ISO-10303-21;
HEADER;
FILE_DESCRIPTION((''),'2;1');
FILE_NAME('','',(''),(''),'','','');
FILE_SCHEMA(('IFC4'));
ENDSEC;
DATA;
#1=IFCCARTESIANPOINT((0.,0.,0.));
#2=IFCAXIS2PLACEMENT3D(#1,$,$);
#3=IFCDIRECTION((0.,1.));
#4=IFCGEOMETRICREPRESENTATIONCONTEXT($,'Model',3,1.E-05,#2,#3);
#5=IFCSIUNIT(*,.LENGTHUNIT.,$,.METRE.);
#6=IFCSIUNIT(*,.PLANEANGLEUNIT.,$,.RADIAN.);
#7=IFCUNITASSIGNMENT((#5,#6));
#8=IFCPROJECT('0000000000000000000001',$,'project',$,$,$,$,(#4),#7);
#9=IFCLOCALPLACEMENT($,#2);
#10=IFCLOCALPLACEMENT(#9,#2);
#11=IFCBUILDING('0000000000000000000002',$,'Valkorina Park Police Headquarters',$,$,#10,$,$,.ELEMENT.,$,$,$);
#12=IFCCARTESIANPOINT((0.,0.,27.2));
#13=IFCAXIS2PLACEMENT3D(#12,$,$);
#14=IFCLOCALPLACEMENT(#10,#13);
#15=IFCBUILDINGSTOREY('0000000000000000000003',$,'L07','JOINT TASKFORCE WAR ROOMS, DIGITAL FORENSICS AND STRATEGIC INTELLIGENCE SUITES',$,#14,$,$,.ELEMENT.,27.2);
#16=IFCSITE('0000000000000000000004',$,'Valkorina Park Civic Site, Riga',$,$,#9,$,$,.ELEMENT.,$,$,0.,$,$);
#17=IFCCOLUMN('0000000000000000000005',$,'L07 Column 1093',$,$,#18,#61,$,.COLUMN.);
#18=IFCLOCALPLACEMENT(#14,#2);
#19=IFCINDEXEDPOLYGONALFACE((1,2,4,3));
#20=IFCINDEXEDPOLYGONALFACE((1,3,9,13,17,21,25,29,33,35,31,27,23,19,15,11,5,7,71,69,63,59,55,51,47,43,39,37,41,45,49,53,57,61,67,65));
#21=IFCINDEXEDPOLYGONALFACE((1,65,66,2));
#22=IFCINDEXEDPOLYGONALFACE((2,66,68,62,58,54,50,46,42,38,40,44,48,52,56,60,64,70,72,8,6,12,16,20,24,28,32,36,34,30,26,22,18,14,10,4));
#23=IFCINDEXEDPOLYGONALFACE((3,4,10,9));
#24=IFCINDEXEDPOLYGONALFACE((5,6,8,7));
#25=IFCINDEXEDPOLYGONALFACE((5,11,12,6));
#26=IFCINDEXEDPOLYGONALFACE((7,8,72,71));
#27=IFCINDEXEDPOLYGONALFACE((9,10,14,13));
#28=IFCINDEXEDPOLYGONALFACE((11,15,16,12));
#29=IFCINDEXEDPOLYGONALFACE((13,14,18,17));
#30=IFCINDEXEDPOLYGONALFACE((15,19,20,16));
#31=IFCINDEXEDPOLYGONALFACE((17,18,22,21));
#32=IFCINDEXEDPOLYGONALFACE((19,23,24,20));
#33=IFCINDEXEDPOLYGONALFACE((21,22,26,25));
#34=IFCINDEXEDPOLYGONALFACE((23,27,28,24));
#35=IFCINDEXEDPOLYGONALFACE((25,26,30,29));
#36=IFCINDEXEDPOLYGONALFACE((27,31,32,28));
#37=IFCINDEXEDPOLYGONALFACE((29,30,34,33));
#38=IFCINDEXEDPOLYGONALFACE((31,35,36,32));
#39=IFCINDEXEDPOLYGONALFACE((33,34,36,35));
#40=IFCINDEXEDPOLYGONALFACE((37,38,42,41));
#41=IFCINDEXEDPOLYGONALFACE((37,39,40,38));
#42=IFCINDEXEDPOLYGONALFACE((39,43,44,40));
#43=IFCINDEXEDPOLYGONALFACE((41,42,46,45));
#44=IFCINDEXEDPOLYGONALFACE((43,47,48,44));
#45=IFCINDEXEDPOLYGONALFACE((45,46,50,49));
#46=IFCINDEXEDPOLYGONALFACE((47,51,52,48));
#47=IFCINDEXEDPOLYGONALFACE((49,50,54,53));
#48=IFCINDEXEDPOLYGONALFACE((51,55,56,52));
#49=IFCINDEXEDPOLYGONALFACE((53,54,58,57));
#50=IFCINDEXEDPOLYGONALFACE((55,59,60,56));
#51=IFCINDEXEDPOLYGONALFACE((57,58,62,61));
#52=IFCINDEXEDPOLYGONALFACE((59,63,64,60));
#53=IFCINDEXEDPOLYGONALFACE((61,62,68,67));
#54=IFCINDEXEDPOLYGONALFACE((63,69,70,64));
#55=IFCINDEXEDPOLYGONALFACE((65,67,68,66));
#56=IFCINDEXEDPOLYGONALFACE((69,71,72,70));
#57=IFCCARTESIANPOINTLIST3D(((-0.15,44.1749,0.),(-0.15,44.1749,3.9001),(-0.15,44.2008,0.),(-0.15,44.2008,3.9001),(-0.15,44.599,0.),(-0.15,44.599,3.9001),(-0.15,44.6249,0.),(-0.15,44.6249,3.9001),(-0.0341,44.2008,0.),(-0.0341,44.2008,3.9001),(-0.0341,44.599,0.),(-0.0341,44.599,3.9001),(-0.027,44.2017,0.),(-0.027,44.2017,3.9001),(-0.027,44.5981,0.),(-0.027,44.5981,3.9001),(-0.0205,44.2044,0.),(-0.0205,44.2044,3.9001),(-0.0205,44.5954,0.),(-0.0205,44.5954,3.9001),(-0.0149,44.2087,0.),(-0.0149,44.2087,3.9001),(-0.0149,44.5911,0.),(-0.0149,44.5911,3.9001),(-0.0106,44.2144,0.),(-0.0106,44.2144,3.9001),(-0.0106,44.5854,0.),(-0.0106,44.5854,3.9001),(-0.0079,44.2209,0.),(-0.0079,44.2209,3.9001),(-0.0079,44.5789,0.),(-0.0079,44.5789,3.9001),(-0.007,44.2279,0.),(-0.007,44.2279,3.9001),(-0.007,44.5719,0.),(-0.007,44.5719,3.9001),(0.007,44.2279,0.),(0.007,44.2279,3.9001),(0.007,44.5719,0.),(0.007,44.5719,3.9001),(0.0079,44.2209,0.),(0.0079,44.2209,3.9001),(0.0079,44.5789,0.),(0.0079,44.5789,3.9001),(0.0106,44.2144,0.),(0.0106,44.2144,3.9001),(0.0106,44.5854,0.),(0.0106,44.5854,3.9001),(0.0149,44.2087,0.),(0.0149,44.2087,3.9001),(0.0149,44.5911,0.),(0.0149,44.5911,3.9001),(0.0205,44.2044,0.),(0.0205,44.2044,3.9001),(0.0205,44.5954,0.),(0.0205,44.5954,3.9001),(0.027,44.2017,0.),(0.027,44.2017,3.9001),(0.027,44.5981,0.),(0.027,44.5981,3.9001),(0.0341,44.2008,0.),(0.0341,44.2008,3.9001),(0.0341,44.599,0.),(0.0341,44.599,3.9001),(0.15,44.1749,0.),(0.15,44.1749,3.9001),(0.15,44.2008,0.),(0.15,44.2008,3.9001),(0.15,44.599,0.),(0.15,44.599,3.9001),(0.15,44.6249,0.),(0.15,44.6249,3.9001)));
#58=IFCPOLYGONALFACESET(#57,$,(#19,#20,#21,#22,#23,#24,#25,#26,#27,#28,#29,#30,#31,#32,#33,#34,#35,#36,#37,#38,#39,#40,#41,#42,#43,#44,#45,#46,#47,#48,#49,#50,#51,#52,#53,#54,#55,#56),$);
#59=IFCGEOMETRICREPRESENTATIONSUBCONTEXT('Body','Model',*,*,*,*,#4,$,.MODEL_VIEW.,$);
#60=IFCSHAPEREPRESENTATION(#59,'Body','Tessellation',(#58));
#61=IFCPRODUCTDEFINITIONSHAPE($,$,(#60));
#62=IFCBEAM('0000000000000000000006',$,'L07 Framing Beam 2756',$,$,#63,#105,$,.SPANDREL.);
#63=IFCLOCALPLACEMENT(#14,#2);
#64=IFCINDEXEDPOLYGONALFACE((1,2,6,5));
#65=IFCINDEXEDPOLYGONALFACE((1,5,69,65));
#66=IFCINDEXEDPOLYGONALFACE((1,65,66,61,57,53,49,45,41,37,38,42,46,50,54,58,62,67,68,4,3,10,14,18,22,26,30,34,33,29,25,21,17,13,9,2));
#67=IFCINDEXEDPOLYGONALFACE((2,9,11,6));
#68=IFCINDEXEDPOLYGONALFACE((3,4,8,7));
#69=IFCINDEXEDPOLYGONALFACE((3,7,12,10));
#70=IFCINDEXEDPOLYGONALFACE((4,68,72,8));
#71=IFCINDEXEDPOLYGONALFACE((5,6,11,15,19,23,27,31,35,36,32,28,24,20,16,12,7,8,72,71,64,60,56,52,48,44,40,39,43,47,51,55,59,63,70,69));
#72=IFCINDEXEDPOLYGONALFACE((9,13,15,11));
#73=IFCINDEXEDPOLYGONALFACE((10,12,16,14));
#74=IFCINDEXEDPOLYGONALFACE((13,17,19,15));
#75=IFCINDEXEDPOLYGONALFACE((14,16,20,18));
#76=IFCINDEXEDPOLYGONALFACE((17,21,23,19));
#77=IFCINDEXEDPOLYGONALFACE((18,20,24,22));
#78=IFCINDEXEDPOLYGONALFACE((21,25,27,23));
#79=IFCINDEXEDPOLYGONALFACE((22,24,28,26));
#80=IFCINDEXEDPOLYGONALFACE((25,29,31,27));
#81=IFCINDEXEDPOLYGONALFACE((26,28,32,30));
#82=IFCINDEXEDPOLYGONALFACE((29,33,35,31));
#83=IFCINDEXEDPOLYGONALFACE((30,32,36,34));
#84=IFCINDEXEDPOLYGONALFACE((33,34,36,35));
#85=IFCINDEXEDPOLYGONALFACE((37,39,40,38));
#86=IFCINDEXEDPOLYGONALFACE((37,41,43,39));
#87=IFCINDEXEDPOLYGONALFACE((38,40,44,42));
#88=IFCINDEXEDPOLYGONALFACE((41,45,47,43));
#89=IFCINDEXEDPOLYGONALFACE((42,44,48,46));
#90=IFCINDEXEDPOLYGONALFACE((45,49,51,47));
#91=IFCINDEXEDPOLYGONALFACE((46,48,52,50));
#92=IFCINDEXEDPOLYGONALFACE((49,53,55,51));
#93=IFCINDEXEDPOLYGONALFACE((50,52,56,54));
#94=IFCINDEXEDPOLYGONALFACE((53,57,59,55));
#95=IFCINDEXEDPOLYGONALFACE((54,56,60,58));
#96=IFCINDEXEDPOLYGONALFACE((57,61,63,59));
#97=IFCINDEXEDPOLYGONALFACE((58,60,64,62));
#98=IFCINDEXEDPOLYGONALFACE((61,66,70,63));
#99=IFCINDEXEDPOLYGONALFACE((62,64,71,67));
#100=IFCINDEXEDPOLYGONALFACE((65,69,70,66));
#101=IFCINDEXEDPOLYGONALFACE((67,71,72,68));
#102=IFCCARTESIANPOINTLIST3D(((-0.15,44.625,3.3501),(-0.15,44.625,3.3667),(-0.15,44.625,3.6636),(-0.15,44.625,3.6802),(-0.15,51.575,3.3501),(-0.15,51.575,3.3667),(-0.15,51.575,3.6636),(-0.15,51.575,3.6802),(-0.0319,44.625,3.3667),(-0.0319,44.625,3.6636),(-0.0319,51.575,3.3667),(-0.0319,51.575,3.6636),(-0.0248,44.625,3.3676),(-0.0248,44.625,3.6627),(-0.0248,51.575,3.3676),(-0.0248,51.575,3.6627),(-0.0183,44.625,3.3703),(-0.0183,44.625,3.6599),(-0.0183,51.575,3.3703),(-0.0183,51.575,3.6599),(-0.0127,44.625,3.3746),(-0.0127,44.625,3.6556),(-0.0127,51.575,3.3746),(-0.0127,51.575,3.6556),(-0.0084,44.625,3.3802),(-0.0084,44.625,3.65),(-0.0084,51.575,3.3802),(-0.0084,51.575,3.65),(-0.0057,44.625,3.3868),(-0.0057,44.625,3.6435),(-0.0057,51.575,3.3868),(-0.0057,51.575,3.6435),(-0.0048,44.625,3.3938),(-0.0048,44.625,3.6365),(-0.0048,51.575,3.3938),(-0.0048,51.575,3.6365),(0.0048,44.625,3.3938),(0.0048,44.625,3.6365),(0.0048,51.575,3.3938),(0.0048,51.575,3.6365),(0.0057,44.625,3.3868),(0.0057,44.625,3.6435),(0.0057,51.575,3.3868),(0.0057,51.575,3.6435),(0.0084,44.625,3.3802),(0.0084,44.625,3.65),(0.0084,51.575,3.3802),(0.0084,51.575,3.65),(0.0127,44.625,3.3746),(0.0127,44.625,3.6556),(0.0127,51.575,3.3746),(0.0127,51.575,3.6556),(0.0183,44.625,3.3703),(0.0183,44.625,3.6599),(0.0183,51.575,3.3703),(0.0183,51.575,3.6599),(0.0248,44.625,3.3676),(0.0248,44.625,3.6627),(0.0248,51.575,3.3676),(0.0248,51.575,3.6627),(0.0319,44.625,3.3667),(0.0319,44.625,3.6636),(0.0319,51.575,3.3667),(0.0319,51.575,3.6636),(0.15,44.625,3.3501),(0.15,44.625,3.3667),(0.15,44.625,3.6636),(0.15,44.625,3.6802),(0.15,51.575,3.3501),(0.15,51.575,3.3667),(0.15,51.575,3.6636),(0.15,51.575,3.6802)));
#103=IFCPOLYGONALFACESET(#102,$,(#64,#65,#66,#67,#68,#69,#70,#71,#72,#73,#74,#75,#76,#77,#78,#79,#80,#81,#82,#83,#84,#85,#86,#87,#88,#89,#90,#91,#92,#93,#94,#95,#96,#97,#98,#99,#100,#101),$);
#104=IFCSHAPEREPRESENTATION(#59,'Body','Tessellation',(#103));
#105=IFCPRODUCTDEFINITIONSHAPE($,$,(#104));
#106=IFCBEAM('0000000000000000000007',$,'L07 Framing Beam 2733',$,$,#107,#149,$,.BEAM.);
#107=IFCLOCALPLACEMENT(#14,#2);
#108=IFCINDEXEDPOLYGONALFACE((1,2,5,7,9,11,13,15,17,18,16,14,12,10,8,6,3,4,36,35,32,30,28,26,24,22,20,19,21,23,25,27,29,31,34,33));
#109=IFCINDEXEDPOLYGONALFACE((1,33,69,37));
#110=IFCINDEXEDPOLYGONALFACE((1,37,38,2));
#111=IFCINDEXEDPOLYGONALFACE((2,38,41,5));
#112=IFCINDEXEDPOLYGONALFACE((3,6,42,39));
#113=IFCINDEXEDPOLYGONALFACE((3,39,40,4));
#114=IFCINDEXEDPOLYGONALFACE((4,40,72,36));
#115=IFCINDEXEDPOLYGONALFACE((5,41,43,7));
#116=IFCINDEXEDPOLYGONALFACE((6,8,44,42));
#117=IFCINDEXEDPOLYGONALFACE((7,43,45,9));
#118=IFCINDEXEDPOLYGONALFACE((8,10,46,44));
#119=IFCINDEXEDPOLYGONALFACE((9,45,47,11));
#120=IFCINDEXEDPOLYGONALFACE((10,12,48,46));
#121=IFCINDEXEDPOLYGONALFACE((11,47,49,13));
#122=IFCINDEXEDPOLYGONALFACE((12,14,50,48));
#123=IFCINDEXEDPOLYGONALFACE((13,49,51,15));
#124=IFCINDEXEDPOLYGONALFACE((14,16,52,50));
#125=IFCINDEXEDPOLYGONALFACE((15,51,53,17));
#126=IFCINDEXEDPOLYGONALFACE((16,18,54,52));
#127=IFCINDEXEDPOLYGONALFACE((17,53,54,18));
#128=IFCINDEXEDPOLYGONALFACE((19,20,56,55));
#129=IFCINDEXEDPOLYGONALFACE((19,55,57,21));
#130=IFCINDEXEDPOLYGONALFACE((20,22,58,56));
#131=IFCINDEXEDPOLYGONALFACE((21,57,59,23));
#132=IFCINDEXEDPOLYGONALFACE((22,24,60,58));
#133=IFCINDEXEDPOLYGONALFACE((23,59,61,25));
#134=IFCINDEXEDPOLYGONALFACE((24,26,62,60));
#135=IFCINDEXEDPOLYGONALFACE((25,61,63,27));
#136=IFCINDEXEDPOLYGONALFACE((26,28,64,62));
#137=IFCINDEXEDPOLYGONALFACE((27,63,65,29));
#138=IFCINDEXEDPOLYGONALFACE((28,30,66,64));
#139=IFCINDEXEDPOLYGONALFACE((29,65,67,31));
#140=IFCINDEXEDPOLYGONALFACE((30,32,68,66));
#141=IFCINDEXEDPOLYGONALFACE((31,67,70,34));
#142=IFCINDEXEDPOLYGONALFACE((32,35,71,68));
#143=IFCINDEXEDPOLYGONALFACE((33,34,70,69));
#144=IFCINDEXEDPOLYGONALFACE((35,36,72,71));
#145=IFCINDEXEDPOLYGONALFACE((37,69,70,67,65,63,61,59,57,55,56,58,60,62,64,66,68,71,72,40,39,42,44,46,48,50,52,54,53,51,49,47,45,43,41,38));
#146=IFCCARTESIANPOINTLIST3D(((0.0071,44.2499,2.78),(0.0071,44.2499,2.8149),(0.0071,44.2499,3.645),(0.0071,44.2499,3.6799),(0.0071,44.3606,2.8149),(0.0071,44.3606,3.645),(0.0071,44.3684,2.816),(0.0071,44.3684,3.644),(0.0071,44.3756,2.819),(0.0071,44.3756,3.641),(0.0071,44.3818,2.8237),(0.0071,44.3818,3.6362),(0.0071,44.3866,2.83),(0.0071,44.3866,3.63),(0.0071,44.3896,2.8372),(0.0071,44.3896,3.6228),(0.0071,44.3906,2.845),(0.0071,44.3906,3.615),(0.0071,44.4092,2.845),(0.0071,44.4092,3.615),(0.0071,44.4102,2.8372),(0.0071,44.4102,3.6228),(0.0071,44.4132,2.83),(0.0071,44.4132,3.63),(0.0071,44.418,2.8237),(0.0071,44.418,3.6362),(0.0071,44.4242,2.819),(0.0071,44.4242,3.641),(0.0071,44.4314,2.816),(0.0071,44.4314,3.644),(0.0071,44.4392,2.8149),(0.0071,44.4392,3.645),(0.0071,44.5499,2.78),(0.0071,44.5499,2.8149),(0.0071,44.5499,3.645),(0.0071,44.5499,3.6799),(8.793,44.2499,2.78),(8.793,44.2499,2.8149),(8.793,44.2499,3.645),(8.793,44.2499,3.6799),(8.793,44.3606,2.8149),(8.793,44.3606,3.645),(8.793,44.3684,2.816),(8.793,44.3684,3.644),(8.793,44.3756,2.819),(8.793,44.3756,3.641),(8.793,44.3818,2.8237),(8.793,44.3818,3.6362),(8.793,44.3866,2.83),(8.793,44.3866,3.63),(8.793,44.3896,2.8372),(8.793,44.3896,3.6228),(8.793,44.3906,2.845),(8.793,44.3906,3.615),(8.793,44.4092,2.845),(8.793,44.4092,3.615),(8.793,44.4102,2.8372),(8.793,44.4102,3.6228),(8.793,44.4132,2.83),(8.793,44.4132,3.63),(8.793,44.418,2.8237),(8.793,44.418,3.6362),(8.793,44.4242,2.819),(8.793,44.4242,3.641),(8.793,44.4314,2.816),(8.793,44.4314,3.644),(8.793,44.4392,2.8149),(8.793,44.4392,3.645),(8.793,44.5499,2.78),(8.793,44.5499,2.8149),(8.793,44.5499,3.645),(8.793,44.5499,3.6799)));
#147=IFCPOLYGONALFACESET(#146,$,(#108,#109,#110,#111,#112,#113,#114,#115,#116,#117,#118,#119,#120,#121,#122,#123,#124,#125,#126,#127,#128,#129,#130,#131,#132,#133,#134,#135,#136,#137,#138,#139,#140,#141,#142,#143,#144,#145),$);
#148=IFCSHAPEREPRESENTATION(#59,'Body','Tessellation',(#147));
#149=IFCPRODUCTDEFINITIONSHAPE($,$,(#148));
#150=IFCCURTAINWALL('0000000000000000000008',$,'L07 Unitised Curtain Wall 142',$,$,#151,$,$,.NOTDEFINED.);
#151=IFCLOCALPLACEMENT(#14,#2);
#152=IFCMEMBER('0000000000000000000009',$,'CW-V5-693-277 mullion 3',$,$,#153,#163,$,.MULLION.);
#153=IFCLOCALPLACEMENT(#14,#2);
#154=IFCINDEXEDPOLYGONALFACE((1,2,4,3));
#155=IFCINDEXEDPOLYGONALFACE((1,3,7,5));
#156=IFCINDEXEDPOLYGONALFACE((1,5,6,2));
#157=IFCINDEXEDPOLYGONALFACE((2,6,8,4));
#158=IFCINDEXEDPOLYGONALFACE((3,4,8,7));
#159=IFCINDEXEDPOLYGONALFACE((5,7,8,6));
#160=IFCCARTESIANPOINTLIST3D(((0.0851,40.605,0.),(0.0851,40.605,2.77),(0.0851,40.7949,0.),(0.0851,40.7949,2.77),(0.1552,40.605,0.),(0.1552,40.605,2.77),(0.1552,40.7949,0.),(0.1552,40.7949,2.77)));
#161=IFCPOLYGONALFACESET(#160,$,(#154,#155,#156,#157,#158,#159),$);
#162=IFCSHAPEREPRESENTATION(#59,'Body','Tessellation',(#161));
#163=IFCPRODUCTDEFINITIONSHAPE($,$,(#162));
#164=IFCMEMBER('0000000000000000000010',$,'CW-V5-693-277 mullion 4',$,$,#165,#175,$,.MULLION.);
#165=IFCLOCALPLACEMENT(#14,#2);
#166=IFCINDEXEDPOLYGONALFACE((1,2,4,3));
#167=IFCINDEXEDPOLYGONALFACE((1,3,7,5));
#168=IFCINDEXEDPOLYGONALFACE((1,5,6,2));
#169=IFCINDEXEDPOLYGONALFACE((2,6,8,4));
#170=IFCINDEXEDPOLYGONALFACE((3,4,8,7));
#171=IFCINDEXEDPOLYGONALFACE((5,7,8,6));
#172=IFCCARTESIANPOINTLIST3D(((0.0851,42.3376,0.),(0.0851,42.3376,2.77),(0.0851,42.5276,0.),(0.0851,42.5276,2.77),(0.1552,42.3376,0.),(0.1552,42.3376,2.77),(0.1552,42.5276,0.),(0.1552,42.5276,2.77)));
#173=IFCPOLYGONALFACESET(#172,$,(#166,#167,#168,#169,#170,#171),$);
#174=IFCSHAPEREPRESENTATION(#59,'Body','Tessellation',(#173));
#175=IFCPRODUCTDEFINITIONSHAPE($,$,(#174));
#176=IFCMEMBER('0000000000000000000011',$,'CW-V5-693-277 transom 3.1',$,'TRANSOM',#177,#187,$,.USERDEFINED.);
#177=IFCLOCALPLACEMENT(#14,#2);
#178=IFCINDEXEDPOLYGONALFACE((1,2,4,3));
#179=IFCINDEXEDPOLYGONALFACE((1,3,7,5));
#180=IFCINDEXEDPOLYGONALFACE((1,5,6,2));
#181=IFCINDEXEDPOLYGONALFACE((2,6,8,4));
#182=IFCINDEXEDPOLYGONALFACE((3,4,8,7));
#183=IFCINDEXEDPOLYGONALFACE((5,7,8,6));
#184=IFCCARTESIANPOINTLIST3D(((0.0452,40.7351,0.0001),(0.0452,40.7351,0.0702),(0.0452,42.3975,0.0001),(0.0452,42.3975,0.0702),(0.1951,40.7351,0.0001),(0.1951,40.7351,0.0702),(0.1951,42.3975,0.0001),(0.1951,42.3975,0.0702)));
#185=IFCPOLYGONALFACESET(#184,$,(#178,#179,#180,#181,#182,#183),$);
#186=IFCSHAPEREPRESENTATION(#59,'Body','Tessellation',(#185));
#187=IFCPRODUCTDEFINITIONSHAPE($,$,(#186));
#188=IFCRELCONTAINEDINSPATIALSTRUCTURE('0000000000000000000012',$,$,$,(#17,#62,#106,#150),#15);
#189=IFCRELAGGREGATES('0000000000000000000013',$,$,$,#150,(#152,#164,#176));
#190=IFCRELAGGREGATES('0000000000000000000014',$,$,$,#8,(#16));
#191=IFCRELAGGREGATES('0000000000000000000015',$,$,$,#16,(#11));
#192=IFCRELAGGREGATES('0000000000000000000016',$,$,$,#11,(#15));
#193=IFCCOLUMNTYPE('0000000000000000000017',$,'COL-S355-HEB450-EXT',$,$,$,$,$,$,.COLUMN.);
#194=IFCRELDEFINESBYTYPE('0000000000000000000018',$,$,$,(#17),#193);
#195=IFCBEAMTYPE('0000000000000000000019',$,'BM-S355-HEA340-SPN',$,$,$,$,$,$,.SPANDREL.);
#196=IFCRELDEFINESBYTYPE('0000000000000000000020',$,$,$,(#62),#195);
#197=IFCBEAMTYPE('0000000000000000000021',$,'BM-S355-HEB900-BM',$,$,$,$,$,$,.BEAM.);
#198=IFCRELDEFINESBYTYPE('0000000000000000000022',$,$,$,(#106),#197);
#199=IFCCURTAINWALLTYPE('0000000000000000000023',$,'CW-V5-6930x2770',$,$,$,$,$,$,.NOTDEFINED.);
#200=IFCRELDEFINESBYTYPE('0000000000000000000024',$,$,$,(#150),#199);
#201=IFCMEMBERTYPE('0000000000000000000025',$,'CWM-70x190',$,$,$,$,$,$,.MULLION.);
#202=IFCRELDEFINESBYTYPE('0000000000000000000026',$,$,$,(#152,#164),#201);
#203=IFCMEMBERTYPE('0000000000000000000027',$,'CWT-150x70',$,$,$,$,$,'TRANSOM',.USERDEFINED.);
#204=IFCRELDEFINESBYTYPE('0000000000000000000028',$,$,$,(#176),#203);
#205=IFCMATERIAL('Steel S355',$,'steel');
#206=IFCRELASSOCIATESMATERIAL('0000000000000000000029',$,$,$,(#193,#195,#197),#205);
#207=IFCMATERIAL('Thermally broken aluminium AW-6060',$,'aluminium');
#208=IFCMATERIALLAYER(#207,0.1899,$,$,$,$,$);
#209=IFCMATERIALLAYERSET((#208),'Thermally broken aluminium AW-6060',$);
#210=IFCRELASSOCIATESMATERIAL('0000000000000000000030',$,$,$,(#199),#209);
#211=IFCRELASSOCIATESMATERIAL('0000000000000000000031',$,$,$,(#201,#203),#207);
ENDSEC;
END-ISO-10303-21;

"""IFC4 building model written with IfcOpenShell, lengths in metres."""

from ifc_helpers import new_model, si_unit, direction, frame, origin, origin_2d, place, context, subcontext, project, spatial, rectangle, i_section, extrude, material, layer, layer_set, material_profile, profile_set, type_object, element, aggregate, save


model = new_model("IFC4")

# Units and contexts
model_context = context("Model", 3, precision=1e-05, world=origin(), true_north=direction((0.0, 1.0)))
body_context = subcontext(model_context, "Body", "Model", "MODEL_VIEW")
ifc_project = project(units=[si_unit("LENGTHUNIT", "METRE"), si_unit("PLANEANGLEUNIT", "RADIAN")], contexts=[model_context])

# Site, building, storey
site_placement = place(None, origin())
site = spatial("IfcSite", under=ifc_project, at=site_placement, Name="Valkorina Park Civic Site, Riga", CompositionType="ELEMENT", RefElevation=0.0)
building_placement = place(site_placement, origin())
building = spatial("IfcBuilding", under=site, at=building_placement, Name="Valkorina Park Police Headquarters", CompositionType="ELEMENT")
storey_placement = place(building_placement, frame((0.0, 0.0, 27.2)))
storey = spatial("IfcBuildingStorey", under=building, at=storey_placement, Name="L07", Description="JOINT TASKFORCE WAR ROOMS, DIGITAL FORENSICS AND STRATEGIC INTELLIGENCE SUITES", CompositionType="ELEMENT", Elevation=27.2)

# Column
ifc_material_1 = material(Name="Steel S355", Category="steel")
ifc_material_profile_1 = material_profile(ifc_material_1, i_section(OverallWidth=0.3, OverallDepth=0.45, WebThickness=0.0139, FlangeThickness=0.0259, FilletRadius=0.0271, at=origin_2d()), Name="HEB 450")
ifc_profile_set_1 = profile_set([ifc_material_profile_1], Name="Steel S355")
column_type = type_object("IfcColumnType", Name="COL-S355-HEB450-EXT", PredefinedType="COLUMN", material=ifc_profile_set_1)
column_placement = place(storey_placement, frame((0.0, 44.3999, 0.0), z_axis=(0.0, 0.0, 1.0), x_axis=(1.0, 0.0, 0.0)))
element("IfcColumn", 1, at=column_placement, inside=storey, type_object=column_type, Name="L07 Column 1093", PredefinedType="COLUMN", context=body_context, shape_type="SweptSolid", body=[
    extrude(i_section(OverallWidth=0.3, OverallDepth=0.45, WebThickness=0.0139, FlangeThickness=0.0259, FilletRadius=0.0271, at=origin_2d()), origin(), (0.0, 0.0, 1.0), 3.9001),
])

# Beams
ifc_material_profile_2 = material_profile(ifc_material_1, i_section(OverallWidth=0.3, OverallDepth=0.3301, WebThickness=0.0095, FlangeThickness=0.0166, FilletRadius=0.0271, at=origin_2d()), Name="HEA 340")
ifc_profile_set_2 = profile_set([ifc_material_profile_2], Name="Steel S355")
beam_type_1 = type_object("IfcBeamType", Name="BM-S355-HEA340-SPN", PredefinedType="SPANDREL", material=ifc_profile_set_2)
beam_1_placement = place(storey_placement, frame((0.0, 44.625, 3.5151), z_axis=(0.0, 1.0, 0.0), x_axis=(-1.0, 0.0, 0.0)))
element("IfcBeam", 2, at=beam_1_placement, inside=storey, type_object=beam_type_1, Name="L07 Framing Beam 2756", PredefinedType="SPANDREL", context=body_context, shape_type="SweptSolid", body=[
    extrude(i_section(OverallWidth=0.3, OverallDepth=0.3301, WebThickness=0.0095, FlangeThickness=0.0166, FilletRadius=0.0271, at=origin_2d()), origin(), (0.0, 0.0, 1.0), 6.95),
])
ifc_material_profile_3 = material_profile(ifc_material_1, i_section(OverallWidth=0.3, OverallDepth=0.8999, WebThickness=0.0186, FlangeThickness=0.0349, FilletRadius=0.03, at=origin_2d()), Name="HEB 900")
ifc_profile_set_3 = profile_set([ifc_material_profile_3], Name="Steel S355")
beam_type_2 = type_object("IfcBeamType", Name="BM-S355-HEB900-BM", PredefinedType="BEAM", material=ifc_profile_set_3)
beam_2_placement = place(storey_placement, frame((0.0071, 44.3999, 3.23), z_axis=(1.0, 0.0, 0.0), x_axis=(0.0, 1.0, 0.0)))
element("IfcBeam", 3, at=beam_2_placement, inside=storey, type_object=beam_type_2, Name="L07 Framing Beam 2733", PredefinedType="BEAM", context=body_context, shape_type="SweptSolid", body=[
    extrude(i_section(OverallWidth=0.3, OverallDepth=0.8999, WebThickness=0.0186, FlangeThickness=0.0349, FilletRadius=0.03, at=origin_2d()), origin(), (0.0, 0.0, 1.0), 8.7859),
])

# Curtain wall, members
ifc_material_2 = material(Name="Thermally broken aluminium AW-6060", Category="aluminium")
ifc_layer_1 = layer(ifc_material_2, 0.1899)
ifc_layer_set_1 = layer_set([ifc_layer_1], Name="Thermally broken aluminium AW-6060")
curtain_wall_type = type_object("IfcCurtainWallType", Name="CW-V5-6930x2770", PredefinedType="NOTDEFINED", material=ifc_layer_set_1)
curtain_wall_placement = place(storey_placement, origin())
curtain_wall = element("IfcCurtainWall", 4, at=curtain_wall_placement, inside=storey, type_object=curtain_wall_type, Name="L07 Unitised Curtain Wall 142", PredefinedType="NOTDEFINED")
ifc_material_profile_4 = material_profile(ifc_material_2, rectangle(XDim=0.0701, YDim=0.1899, at=origin_2d()), Name="CWM-02 70x190")
ifc_profile_set_4 = profile_set([ifc_material_profile_4], Name="Thermally broken aluminium AW-6060")
member_type_1 = type_object("IfcMemberType", Name="CWM-70x190", PredefinedType="MULLION", material=ifc_profile_set_4)
member_1_placement = place(storey_placement, frame((0.1201, 40.7, 0.0), z_axis=(0.0, 0.0, 1.0), x_axis=(-1.0, 0.0, 0.0)))
member_1 = element("IfcMember", 5, at=member_1_placement, type_object=member_type_1, Name="CW-V5-693-277 mullion 3", PredefinedType="MULLION", context=body_context, shape_type="SweptSolid", body=[
    extrude(rectangle(XDim=0.0701, YDim=0.1899, at=origin_2d()), origin(), (0.0, 0.0, 1.0), 2.77),
])
member_2_placement = place(storey_placement, frame((0.1201, 42.4326, 0.0), z_axis=(0.0, 0.0, 1.0), x_axis=(-1.0, 0.0, 0.0)))
member_2 = element("IfcMember", 6, at=member_2_placement, type_object=member_type_1, Name="CW-V5-693-277 mullion 4", PredefinedType="MULLION", context=body_context, shape_type="SweptSolid", body=[
    extrude(rectangle(XDim=0.0701, YDim=0.1899, at=origin_2d()), origin(), (0.0, 0.0, 1.0), 2.77),
])
ifc_material_profile_5 = material_profile(ifc_material_2, rectangle(XDim=0.1499, YDim=0.0701, at=origin_2d()), Name="CWT-02 150x70")
ifc_profile_set_5 = profile_set([ifc_material_profile_5], Name="Thermally broken aluminium AW-6060")
member_type_2 = type_object("IfcMemberType", Name="CWT-150x70", ElementType="TRANSOM", PredefinedType="USERDEFINED", material=ifc_profile_set_5)
member_3_placement = place(storey_placement, frame((0.1201, 40.7351, 0.0352), z_axis=(0.0, 1.0, 0.0), x_axis=(-1.0, 0.0, 0.0)))
member_3 = element("IfcMember", 7, at=member_3_placement, type_object=member_type_2, Name="CW-V5-693-277 transom 3.1", ObjectType="TRANSOM", PredefinedType="USERDEFINED", context=body_context, shape_type="SweptSolid", body=[
    extrude(rectangle(XDim=0.1499, YDim=0.0701, at=origin_2d()), origin(), (0.0, 0.0, 1.0), 1.6624),
])
aggregate(curtain_wall, [member_1, member_2, member_3])

save(model, "model.ifc")
